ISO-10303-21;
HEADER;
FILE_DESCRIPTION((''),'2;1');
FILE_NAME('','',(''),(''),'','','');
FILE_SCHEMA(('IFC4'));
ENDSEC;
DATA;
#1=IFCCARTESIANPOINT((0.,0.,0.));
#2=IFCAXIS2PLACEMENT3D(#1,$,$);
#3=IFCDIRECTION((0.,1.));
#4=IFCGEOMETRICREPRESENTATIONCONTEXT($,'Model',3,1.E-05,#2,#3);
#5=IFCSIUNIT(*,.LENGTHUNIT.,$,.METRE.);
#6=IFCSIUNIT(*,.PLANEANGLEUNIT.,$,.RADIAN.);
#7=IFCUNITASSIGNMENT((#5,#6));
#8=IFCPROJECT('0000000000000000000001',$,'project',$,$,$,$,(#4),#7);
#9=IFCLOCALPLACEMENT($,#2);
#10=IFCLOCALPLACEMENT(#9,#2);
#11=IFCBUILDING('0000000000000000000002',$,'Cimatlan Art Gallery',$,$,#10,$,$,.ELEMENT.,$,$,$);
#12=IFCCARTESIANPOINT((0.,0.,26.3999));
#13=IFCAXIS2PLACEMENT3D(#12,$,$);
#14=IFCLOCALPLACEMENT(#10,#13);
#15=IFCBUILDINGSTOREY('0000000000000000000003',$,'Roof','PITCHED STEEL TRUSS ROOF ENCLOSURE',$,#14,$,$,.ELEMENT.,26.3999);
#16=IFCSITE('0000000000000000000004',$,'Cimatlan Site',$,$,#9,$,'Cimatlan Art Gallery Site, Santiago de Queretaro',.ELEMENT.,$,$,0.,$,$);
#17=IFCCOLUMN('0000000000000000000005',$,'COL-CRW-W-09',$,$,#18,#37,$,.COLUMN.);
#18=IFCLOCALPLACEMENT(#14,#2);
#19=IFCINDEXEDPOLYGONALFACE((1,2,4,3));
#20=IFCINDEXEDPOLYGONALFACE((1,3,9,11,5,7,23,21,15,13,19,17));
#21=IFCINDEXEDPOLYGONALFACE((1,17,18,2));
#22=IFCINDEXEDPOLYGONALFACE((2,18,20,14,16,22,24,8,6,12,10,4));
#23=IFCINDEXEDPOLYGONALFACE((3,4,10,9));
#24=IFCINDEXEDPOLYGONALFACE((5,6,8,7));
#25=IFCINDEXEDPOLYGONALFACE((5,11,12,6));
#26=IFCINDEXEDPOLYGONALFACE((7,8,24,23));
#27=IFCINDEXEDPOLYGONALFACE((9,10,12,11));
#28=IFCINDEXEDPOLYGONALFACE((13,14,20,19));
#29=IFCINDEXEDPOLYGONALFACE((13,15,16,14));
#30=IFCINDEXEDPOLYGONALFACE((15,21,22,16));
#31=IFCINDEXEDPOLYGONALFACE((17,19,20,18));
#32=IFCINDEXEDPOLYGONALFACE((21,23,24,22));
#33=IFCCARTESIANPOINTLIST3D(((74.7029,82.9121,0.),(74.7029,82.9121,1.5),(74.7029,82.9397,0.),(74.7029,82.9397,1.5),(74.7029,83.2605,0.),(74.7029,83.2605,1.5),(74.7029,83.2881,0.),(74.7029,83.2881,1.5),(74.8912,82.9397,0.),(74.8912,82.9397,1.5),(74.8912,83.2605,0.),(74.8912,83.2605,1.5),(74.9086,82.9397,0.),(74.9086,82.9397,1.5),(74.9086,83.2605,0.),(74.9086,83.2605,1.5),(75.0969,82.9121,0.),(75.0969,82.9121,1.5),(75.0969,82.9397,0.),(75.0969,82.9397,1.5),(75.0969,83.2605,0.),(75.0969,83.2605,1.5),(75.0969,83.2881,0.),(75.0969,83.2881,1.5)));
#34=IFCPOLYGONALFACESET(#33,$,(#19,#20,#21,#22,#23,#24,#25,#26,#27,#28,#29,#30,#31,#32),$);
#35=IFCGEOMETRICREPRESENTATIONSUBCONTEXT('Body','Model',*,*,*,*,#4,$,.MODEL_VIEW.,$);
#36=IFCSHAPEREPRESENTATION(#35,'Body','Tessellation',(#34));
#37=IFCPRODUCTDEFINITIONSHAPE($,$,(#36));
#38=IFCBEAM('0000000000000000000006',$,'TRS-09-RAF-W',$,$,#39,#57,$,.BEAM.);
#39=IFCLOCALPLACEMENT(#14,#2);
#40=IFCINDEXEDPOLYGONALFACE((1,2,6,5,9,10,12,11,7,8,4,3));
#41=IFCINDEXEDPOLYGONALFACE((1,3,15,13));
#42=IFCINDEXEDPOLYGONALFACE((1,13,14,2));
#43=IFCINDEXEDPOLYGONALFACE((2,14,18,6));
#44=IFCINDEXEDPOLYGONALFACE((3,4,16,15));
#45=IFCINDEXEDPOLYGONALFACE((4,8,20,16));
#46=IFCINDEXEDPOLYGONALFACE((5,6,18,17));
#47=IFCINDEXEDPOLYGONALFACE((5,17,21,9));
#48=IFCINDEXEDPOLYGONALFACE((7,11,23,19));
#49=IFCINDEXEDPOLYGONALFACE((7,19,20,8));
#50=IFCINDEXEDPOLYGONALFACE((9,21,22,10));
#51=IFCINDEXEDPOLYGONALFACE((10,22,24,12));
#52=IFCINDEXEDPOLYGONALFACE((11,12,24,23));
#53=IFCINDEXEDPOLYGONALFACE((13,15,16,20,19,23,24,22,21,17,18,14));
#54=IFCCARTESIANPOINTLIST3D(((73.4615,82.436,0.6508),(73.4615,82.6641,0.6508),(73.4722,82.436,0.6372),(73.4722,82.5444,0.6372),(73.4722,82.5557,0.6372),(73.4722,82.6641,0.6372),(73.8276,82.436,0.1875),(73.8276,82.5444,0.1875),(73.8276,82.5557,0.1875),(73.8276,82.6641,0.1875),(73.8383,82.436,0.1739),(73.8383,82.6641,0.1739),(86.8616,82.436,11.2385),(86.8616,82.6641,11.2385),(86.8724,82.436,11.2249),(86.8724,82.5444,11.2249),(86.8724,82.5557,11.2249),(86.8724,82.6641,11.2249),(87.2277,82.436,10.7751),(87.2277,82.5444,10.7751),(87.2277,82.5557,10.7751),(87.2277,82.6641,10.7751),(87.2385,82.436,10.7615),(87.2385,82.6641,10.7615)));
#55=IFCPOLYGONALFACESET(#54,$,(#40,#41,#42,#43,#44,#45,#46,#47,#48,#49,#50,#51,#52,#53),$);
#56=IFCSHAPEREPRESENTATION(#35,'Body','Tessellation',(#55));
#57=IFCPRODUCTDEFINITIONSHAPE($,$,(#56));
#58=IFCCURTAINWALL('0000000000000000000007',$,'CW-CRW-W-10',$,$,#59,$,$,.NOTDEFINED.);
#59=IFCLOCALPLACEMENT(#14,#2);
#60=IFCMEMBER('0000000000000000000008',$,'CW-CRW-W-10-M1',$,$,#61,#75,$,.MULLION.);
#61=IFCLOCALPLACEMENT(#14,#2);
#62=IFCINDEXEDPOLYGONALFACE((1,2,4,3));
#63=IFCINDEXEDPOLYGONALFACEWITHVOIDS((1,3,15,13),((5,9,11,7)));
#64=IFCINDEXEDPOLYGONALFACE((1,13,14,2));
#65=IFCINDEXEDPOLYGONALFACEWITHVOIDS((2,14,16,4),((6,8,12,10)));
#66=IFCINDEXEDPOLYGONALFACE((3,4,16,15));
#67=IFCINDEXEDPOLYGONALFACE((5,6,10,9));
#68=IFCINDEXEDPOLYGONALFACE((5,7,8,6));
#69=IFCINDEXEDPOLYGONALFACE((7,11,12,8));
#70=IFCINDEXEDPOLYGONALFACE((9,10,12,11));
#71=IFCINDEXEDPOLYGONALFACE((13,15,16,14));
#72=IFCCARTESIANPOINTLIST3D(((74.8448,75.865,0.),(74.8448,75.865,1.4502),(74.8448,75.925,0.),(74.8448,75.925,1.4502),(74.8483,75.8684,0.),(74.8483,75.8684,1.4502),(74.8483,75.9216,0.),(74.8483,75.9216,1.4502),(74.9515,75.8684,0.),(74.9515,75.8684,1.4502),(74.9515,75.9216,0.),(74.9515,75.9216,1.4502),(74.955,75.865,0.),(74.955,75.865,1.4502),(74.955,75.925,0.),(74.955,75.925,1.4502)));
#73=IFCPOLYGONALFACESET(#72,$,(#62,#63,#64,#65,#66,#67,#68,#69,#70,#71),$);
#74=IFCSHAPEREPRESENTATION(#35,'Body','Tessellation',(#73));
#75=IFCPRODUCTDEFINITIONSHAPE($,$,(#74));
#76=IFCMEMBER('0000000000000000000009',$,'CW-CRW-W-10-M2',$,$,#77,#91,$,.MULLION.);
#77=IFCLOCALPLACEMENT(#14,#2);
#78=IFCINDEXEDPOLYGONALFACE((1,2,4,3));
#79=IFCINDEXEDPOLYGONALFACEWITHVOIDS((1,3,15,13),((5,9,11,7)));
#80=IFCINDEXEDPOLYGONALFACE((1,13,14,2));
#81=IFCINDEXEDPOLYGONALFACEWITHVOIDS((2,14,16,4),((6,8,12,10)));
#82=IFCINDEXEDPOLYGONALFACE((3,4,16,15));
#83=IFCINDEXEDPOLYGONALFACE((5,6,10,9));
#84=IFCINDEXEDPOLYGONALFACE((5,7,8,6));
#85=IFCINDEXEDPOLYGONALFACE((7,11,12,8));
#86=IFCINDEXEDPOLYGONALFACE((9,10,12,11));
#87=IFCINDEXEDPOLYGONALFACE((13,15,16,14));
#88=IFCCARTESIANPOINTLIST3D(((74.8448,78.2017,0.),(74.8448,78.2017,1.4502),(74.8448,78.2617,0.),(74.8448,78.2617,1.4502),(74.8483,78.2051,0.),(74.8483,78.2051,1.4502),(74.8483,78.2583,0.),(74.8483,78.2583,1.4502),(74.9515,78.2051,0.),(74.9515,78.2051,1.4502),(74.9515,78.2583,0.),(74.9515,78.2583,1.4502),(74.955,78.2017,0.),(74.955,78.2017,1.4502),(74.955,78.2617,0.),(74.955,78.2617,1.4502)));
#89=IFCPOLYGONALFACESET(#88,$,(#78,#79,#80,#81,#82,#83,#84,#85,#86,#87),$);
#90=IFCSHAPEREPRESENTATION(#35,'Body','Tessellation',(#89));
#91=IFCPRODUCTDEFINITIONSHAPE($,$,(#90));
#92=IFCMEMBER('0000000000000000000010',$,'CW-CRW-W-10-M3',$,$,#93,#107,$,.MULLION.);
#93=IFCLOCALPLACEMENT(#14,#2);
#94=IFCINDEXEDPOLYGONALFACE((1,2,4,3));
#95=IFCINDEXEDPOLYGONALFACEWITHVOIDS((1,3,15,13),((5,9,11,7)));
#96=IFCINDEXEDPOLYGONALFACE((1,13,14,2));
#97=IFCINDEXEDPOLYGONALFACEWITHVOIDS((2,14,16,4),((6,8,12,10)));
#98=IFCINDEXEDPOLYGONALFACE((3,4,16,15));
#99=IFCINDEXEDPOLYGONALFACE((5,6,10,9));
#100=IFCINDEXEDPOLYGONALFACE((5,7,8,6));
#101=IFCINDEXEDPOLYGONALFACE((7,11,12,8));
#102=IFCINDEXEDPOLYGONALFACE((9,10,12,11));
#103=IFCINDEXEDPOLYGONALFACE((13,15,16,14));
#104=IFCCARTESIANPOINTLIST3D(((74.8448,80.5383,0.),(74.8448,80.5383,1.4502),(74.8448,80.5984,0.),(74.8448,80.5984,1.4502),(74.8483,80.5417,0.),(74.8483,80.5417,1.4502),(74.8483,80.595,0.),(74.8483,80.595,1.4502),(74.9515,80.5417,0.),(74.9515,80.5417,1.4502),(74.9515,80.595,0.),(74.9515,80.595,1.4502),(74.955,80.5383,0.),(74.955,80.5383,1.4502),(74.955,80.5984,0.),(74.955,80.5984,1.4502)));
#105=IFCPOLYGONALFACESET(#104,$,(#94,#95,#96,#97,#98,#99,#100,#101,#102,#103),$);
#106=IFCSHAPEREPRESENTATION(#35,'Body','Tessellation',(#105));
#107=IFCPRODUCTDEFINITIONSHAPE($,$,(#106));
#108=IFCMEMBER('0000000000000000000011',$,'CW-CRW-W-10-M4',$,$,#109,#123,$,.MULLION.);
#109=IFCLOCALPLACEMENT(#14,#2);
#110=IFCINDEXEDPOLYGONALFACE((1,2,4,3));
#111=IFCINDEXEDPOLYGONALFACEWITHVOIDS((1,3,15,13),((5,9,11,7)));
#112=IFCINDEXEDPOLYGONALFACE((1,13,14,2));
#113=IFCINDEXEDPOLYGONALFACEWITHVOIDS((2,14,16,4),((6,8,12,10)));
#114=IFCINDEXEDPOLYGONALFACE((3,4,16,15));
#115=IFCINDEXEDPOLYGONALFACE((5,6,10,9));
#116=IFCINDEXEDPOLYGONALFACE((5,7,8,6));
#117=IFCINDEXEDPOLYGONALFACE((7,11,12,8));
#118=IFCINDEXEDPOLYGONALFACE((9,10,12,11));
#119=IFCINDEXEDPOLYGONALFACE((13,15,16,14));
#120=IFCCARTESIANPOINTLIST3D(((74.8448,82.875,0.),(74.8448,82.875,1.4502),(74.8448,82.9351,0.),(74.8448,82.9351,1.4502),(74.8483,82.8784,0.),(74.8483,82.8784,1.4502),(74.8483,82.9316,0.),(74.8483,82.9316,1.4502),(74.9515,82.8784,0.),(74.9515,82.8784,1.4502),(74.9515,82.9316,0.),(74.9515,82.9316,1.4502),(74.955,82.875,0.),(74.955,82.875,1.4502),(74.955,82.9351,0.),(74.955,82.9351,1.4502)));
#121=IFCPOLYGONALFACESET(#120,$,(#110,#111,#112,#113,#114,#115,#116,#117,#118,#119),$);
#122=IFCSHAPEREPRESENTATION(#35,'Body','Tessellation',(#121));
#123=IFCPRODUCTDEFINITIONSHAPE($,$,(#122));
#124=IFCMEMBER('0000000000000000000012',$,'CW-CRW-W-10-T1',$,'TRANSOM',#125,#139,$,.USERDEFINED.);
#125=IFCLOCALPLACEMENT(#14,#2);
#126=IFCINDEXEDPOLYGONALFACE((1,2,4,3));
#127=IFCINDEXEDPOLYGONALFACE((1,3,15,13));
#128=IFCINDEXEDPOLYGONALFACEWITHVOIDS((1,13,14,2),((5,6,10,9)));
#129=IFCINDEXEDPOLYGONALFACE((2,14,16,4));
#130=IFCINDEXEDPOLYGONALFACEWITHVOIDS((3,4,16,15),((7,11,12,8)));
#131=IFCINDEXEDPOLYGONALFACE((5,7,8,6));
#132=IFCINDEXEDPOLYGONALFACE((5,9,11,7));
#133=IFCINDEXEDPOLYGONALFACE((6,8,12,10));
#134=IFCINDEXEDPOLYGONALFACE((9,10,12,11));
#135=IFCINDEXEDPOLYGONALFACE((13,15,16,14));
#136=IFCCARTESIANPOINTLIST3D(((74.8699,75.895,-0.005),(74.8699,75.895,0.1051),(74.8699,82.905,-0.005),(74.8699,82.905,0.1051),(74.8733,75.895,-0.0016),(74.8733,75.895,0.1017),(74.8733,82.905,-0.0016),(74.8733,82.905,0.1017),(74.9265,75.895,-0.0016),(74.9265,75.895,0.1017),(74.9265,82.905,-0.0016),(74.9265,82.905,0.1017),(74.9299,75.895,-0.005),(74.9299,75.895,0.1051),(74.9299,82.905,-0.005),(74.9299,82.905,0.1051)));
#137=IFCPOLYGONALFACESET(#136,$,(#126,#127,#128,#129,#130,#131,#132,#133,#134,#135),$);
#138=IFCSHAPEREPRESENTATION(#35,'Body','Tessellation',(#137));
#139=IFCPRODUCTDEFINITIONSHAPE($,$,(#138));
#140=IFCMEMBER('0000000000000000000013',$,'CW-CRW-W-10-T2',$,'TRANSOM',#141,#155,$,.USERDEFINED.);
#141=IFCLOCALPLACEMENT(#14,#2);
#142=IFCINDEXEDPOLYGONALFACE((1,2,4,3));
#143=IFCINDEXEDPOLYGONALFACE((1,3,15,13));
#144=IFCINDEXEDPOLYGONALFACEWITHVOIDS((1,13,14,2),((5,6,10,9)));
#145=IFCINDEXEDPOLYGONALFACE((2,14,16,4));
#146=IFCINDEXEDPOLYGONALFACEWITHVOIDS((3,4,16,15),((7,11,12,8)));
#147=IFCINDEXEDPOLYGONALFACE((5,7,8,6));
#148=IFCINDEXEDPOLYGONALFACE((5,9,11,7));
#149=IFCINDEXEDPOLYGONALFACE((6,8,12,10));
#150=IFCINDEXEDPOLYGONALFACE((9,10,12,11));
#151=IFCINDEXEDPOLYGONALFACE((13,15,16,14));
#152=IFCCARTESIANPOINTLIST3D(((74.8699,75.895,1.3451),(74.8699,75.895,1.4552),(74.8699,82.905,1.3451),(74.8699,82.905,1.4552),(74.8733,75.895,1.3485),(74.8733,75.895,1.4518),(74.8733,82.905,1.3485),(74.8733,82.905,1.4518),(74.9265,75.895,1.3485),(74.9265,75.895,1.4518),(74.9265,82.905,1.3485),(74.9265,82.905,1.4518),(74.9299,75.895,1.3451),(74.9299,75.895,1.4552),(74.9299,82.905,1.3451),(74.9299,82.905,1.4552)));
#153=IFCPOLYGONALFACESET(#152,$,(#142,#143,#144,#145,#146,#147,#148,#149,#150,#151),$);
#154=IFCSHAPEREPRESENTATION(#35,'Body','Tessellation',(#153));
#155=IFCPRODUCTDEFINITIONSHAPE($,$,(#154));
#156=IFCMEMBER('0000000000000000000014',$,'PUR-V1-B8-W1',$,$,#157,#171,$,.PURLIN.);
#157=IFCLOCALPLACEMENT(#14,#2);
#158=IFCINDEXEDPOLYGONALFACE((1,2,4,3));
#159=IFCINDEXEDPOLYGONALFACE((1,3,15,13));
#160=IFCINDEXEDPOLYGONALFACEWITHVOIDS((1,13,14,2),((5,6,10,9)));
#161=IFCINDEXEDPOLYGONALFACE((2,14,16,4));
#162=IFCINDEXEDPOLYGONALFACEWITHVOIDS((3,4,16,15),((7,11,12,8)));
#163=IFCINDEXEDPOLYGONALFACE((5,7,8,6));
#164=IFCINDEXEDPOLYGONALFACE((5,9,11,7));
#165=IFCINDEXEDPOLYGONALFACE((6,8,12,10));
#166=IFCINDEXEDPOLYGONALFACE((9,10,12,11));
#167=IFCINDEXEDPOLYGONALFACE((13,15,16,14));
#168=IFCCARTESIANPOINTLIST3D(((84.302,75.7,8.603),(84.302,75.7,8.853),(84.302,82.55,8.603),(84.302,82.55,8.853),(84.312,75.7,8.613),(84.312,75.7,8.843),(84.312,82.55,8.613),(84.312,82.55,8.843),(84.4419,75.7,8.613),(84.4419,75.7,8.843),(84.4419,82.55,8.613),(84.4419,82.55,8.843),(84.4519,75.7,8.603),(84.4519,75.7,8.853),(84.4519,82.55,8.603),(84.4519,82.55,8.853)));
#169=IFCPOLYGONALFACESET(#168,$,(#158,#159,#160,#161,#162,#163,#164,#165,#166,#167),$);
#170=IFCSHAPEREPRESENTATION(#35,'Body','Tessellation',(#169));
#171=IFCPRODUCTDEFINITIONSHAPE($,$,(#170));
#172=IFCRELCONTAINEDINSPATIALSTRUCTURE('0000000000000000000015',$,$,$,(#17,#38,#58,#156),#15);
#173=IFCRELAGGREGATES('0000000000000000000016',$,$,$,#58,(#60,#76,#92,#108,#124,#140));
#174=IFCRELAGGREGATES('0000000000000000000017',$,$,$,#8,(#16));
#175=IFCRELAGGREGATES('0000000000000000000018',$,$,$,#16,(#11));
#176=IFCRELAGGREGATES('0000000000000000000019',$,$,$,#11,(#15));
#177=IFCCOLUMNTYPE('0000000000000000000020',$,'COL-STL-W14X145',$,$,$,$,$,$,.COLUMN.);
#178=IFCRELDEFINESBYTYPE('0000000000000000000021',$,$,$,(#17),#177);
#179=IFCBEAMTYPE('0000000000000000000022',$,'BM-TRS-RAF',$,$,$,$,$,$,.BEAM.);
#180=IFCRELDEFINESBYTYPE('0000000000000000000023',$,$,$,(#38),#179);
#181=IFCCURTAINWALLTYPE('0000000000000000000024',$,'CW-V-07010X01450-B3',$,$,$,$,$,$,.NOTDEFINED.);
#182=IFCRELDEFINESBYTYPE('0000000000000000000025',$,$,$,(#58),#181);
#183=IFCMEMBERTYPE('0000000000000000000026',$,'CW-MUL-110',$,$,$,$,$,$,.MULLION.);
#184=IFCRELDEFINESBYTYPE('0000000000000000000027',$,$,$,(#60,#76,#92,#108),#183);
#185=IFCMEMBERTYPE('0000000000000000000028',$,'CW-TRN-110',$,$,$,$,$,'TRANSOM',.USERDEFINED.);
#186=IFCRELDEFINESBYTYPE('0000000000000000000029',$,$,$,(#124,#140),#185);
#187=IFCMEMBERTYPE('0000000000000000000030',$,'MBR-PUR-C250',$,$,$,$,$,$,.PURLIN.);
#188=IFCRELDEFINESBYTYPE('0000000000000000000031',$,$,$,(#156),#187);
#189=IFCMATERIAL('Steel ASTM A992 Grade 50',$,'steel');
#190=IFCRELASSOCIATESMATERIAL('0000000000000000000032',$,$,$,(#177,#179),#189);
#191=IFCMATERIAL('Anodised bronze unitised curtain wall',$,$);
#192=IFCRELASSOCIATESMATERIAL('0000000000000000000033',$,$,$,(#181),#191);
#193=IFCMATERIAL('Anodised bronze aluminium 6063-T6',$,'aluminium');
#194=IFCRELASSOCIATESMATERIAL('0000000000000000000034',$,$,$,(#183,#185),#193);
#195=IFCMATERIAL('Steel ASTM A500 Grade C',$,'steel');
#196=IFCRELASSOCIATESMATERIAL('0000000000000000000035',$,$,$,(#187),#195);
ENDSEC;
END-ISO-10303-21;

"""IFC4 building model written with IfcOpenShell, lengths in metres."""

from ifc_helpers import new_model, si_unit, direction, frame, origin, origin_2d, place, context, subcontext, project, spatial, hollow_rectangle, i_section, extrude, material, material_profile, profile_set, type_object, element, aggregate, save


model = new_model("IFC4")

# Units and contexts
model_context = context("Model", 3, precision=1e-05, world=origin(), true_north=direction((0.0, 1.0)))
body_context = subcontext(model_context, "Body", "Model", "MODEL_VIEW")
ifc_project = project(units=[si_unit("LENGTHUNIT", "METRE"), si_unit("PLANEANGLEUNIT", "RADIAN")], contexts=[model_context])

# Site, building, storey
site_placement = place(None, origin())
site = spatial("IfcSite", under=ifc_project, at=site_placement, Name="Cimatlan Site", LongName="Cimatlan Art Gallery Site, Santiago de Queretaro", CompositionType="ELEMENT", RefElevation=0.0)
building_placement = place(site_placement, origin())
building = spatial("IfcBuilding", under=site, at=building_placement, Name="Cimatlan Art Gallery", CompositionType="ELEMENT")
storey_placement = place(building_placement, frame((0.0, 0.0, 26.3999)))
storey = spatial("IfcBuildingStorey", under=building, at=storey_placement, Name="Roof", Description="PITCHED STEEL TRUSS ROOF ENCLOSURE", CompositionType="ELEMENT", Elevation=26.3999)

# Column
ifc_material_1 = material(Name="Steel ASTM A992 Grade 50", Category="steel")
ifc_material_profile_1 = material_profile(ifc_material_1, i_section(OverallWidth=0.394, OverallDepth=0.376, WebThickness=0.0173, FlangeThickness=0.0276, at=origin_2d()), Name="W14X145")
ifc_profile_set_1 = profile_set([ifc_material_profile_1], Name="Steel ASTM A992 Grade 50")
column_type = type_object("IfcColumnType", Name="COL-STL-W14X145", PredefinedType="COLUMN", material=ifc_profile_set_1)
column_placement = place(storey_placement, frame((74.8999, 83.1001, 0.0), z_axis=(0.0, 0.0, 1.0), x_axis=(1.0, 0.0, 0.0)))
element("IfcColumn", 1, at=column_placement, inside=storey, type_object=column_type, Name="COL-CRW-W-09", PredefinedType="COLUMN", context=body_context, shape_type="SweptSolid", body=[
    extrude(i_section(OverallWidth=0.394, OverallDepth=0.376, WebThickness=0.0173, FlangeThickness=0.0276, at=origin_2d()), origin(), (0.0, 0.0, 1.0), 1.5),
])

# Beam
ifc_material_profile_2 = material_profile(ifc_material_1, i_section(OverallWidth=0.228, OverallDepth=0.6079, WebThickness=0.0112, FlangeThickness=0.0173, at=origin_2d()), Name="W24X76")
ifc_profile_set_2 = profile_set([ifc_material_profile_2], Name="Steel ASTM A992 Grade 50")
beam_type = type_object("IfcBeamType", Name="BM-TRS-RAF", PredefinedType="BEAM", material=ifc_profile_set_2)
beam_placement = place(storey_placement, frame((73.6499, 82.55, 0.4124), z_axis=(0.784638, 0.0, 0.619954), x_axis=(0.0, 1.0, 0.0)))
element("IfcBeam", 2, at=beam_placement, inside=storey, type_object=beam_type, Name="TRS-09-RAF-W", PredefinedType="BEAM", context=body_context, shape_type="SweptSolid", body=[
    extrude(i_section(OverallWidth=0.228, OverallDepth=0.6079, WebThickness=0.0112, FlangeThickness=0.0173, at=origin_2d()), origin(), (0.0, 0.0, 1.0), 17.0781),
])

# Curtain wall, members
ifc_material_2 = material(Name="Anodised bronze unitised curtain wall")
curtain_wall_type = type_object("IfcCurtainWallType", Name="CW-V-07010X01450-B3", PredefinedType="NOTDEFINED", material=ifc_material_2)
curtain_wall_placement = place(storey_placement, origin())
curtain_wall = element("IfcCurtainWall", 3, at=curtain_wall_placement, inside=storey, type_object=curtain_wall_type, Name="CW-CRW-W-10", PredefinedType="NOTDEFINED")
ifc_material_3 = material(Name="Anodised bronze aluminium 6063-T6", Category="aluminium")
ifc_material_profile_3 = material_profile(ifc_material_3, hollow_rectangle(XDim=0.0601, YDim=0.1101, WallThickness=0.0034, at=origin_2d()), Name="ALU60X110X3")
ifc_profile_set_3 = profile_set([ifc_material_profile_3], Name="Anodised bronze aluminium 6063-T6")
member_type_1 = type_object("IfcMemberType", Name="CW-MUL-110", PredefinedType="MULLION", material=ifc_profile_set_3)
member_1_placement = place(storey_placement, frame((74.8999, 75.895, 0.0), z_axis=(0.0, 0.0, 1.0), x_axis=(0.0, 1.0, 0.0)))
member_1 = element("IfcMember", 4, at=member_1_placement, type_object=member_type_1, Name="CW-CRW-W-10-M1", PredefinedType="MULLION", context=body_context, shape_type="SweptSolid", body=[
    extrude(hollow_rectangle(XDim=0.0601, YDim=0.1101, WallThickness=0.0034, at=origin_2d()), origin(), (0.0, 0.0, 1.0), 1.4502),
])
member_2_placement = place(storey_placement, frame((74.8999, 78.2317, 0.0), z_axis=(0.0, 0.0, 1.0), x_axis=(0.0, 1.0, 0.0)))
member_2 = element("IfcMember", 5, at=member_2_placement, type_object=member_type_1, Name="CW-CRW-W-10-M2", PredefinedType="MULLION", context=body_context, shape_type="SweptSolid", body=[
    extrude(hollow_rectangle(XDim=0.0601, YDim=0.1101, WallThickness=0.0034, at=origin_2d()), origin(), (0.0, 0.0, 1.0), 1.4502),
])
member_3_placement = place(storey_placement, frame((74.8999, 80.5684, 0.0), z_axis=(0.0, 0.0, 1.0), x_axis=(0.0, 1.0, 0.0)))
member_3 = element("IfcMember", 6, at=member_3_placement, type_object=member_type_1, Name="CW-CRW-W-10-M3", PredefinedType="MULLION", context=body_context, shape_type="SweptSolid", body=[
    extrude(hollow_rectangle(XDim=0.0601, YDim=0.1101, WallThickness=0.0034, at=origin_2d()), origin(), (0.0, 0.0, 1.0), 1.4502),
])
member_4_placement = place(storey_placement, frame((74.8999, 82.905, 0.0), z_axis=(0.0, 0.0, 1.0), x_axis=(0.0, 1.0, 0.0)))
member_4 = element("IfcMember", 7, at=member_4_placement, type_object=member_type_1, Name="CW-CRW-W-10-M4", PredefinedType="MULLION", context=body_context, shape_type="SweptSolid", body=[
    extrude(hollow_rectangle(XDim=0.0601, YDim=0.1101, WallThickness=0.0034, at=origin_2d()), origin(), (0.0, 0.0, 1.0), 1.4502),
])
ifc_material_profile_4 = material_profile(ifc_material_3, hollow_rectangle(XDim=0.0601, YDim=0.1101, WallThickness=0.0034, at=origin_2d()), Name="ALU60X110X3")
ifc_profile_set_4 = profile_set([ifc_material_profile_4], Name="Anodised bronze aluminium 6063-T6")
member_type_2 = type_object("IfcMemberType", Name="CW-TRN-110", ElementType="TRANSOM", PredefinedType="USERDEFINED", material=ifc_profile_set_4)
member_5_placement = place(storey_placement, frame((74.8999, 75.895, 0.05), z_axis=(0.0, 1.0, 0.0), x_axis=(-1.0, 0.0, 0.0)))
member_5 = element("IfcMember", 8, at=member_5_placement, type_object=member_type_2, Name="CW-CRW-W-10-T1", ObjectType="TRANSOM", PredefinedType="USERDEFINED", context=body_context, shape_type="SweptSolid", body=[
    extrude(hollow_rectangle(XDim=0.0601, YDim=0.1101, WallThickness=0.0034, at=origin_2d()), origin(), (0.0, 0.0, 1.0), 7.01),
])
member_6_placement = place(storey_placement, frame((74.8999, 75.895, 1.4001), z_axis=(0.0, 1.0, 0.0), x_axis=(-1.0, 0.0, 0.0)))
member_6 = element("IfcMember", 9, at=member_6_placement, type_object=member_type_2, Name="CW-CRW-W-10-T2", ObjectType="TRANSOM", PredefinedType="USERDEFINED", context=body_context, shape_type="SweptSolid", body=[
    extrude(hollow_rectangle(XDim=0.0601, YDim=0.1101, WallThickness=0.0034, at=origin_2d()), origin(), (0.0, 0.0, 1.0), 7.01),
])

# Member
ifc_material_4 = material(Name="Steel ASTM A500 Grade C", Category="steel")
ifc_material_profile_5 = material_profile(ifc_material_4, hollow_rectangle(XDim=0.1499, YDim=0.25, WallThickness=0.01, at=origin_2d()), Name="HSS250X150X10")
ifc_profile_set_5 = profile_set([ifc_material_profile_5], Name="Steel ASTM A500 Grade C")
member_type_3 = type_object("IfcMemberType", Name="MBR-PUR-C250", PredefinedType="PURLIN", material=ifc_profile_set_5)
member_7_placement = place(storey_placement, frame((84.377, 75.7, 8.728), z_axis=(0.0, 1.0, 0.0), x_axis=(-1.0, 0.0, 0.0)))
element("IfcMember", 10, at=member_7_placement, inside=storey, type_object=member_type_3, Name="PUR-V1-B8-W1", PredefinedType="PURLIN", context=body_context, shape_type="SweptSolid", body=[
    extrude(hollow_rectangle(XDim=0.1499, YDim=0.25, WallThickness=0.01, at=origin_2d()), origin(), (0.0, 0.0, 1.0), 6.8501),
])

aggregate(curtain_wall, [member_1, member_2, member_3, member_4, member_5, member_6])

save(model, "model.ifc")
